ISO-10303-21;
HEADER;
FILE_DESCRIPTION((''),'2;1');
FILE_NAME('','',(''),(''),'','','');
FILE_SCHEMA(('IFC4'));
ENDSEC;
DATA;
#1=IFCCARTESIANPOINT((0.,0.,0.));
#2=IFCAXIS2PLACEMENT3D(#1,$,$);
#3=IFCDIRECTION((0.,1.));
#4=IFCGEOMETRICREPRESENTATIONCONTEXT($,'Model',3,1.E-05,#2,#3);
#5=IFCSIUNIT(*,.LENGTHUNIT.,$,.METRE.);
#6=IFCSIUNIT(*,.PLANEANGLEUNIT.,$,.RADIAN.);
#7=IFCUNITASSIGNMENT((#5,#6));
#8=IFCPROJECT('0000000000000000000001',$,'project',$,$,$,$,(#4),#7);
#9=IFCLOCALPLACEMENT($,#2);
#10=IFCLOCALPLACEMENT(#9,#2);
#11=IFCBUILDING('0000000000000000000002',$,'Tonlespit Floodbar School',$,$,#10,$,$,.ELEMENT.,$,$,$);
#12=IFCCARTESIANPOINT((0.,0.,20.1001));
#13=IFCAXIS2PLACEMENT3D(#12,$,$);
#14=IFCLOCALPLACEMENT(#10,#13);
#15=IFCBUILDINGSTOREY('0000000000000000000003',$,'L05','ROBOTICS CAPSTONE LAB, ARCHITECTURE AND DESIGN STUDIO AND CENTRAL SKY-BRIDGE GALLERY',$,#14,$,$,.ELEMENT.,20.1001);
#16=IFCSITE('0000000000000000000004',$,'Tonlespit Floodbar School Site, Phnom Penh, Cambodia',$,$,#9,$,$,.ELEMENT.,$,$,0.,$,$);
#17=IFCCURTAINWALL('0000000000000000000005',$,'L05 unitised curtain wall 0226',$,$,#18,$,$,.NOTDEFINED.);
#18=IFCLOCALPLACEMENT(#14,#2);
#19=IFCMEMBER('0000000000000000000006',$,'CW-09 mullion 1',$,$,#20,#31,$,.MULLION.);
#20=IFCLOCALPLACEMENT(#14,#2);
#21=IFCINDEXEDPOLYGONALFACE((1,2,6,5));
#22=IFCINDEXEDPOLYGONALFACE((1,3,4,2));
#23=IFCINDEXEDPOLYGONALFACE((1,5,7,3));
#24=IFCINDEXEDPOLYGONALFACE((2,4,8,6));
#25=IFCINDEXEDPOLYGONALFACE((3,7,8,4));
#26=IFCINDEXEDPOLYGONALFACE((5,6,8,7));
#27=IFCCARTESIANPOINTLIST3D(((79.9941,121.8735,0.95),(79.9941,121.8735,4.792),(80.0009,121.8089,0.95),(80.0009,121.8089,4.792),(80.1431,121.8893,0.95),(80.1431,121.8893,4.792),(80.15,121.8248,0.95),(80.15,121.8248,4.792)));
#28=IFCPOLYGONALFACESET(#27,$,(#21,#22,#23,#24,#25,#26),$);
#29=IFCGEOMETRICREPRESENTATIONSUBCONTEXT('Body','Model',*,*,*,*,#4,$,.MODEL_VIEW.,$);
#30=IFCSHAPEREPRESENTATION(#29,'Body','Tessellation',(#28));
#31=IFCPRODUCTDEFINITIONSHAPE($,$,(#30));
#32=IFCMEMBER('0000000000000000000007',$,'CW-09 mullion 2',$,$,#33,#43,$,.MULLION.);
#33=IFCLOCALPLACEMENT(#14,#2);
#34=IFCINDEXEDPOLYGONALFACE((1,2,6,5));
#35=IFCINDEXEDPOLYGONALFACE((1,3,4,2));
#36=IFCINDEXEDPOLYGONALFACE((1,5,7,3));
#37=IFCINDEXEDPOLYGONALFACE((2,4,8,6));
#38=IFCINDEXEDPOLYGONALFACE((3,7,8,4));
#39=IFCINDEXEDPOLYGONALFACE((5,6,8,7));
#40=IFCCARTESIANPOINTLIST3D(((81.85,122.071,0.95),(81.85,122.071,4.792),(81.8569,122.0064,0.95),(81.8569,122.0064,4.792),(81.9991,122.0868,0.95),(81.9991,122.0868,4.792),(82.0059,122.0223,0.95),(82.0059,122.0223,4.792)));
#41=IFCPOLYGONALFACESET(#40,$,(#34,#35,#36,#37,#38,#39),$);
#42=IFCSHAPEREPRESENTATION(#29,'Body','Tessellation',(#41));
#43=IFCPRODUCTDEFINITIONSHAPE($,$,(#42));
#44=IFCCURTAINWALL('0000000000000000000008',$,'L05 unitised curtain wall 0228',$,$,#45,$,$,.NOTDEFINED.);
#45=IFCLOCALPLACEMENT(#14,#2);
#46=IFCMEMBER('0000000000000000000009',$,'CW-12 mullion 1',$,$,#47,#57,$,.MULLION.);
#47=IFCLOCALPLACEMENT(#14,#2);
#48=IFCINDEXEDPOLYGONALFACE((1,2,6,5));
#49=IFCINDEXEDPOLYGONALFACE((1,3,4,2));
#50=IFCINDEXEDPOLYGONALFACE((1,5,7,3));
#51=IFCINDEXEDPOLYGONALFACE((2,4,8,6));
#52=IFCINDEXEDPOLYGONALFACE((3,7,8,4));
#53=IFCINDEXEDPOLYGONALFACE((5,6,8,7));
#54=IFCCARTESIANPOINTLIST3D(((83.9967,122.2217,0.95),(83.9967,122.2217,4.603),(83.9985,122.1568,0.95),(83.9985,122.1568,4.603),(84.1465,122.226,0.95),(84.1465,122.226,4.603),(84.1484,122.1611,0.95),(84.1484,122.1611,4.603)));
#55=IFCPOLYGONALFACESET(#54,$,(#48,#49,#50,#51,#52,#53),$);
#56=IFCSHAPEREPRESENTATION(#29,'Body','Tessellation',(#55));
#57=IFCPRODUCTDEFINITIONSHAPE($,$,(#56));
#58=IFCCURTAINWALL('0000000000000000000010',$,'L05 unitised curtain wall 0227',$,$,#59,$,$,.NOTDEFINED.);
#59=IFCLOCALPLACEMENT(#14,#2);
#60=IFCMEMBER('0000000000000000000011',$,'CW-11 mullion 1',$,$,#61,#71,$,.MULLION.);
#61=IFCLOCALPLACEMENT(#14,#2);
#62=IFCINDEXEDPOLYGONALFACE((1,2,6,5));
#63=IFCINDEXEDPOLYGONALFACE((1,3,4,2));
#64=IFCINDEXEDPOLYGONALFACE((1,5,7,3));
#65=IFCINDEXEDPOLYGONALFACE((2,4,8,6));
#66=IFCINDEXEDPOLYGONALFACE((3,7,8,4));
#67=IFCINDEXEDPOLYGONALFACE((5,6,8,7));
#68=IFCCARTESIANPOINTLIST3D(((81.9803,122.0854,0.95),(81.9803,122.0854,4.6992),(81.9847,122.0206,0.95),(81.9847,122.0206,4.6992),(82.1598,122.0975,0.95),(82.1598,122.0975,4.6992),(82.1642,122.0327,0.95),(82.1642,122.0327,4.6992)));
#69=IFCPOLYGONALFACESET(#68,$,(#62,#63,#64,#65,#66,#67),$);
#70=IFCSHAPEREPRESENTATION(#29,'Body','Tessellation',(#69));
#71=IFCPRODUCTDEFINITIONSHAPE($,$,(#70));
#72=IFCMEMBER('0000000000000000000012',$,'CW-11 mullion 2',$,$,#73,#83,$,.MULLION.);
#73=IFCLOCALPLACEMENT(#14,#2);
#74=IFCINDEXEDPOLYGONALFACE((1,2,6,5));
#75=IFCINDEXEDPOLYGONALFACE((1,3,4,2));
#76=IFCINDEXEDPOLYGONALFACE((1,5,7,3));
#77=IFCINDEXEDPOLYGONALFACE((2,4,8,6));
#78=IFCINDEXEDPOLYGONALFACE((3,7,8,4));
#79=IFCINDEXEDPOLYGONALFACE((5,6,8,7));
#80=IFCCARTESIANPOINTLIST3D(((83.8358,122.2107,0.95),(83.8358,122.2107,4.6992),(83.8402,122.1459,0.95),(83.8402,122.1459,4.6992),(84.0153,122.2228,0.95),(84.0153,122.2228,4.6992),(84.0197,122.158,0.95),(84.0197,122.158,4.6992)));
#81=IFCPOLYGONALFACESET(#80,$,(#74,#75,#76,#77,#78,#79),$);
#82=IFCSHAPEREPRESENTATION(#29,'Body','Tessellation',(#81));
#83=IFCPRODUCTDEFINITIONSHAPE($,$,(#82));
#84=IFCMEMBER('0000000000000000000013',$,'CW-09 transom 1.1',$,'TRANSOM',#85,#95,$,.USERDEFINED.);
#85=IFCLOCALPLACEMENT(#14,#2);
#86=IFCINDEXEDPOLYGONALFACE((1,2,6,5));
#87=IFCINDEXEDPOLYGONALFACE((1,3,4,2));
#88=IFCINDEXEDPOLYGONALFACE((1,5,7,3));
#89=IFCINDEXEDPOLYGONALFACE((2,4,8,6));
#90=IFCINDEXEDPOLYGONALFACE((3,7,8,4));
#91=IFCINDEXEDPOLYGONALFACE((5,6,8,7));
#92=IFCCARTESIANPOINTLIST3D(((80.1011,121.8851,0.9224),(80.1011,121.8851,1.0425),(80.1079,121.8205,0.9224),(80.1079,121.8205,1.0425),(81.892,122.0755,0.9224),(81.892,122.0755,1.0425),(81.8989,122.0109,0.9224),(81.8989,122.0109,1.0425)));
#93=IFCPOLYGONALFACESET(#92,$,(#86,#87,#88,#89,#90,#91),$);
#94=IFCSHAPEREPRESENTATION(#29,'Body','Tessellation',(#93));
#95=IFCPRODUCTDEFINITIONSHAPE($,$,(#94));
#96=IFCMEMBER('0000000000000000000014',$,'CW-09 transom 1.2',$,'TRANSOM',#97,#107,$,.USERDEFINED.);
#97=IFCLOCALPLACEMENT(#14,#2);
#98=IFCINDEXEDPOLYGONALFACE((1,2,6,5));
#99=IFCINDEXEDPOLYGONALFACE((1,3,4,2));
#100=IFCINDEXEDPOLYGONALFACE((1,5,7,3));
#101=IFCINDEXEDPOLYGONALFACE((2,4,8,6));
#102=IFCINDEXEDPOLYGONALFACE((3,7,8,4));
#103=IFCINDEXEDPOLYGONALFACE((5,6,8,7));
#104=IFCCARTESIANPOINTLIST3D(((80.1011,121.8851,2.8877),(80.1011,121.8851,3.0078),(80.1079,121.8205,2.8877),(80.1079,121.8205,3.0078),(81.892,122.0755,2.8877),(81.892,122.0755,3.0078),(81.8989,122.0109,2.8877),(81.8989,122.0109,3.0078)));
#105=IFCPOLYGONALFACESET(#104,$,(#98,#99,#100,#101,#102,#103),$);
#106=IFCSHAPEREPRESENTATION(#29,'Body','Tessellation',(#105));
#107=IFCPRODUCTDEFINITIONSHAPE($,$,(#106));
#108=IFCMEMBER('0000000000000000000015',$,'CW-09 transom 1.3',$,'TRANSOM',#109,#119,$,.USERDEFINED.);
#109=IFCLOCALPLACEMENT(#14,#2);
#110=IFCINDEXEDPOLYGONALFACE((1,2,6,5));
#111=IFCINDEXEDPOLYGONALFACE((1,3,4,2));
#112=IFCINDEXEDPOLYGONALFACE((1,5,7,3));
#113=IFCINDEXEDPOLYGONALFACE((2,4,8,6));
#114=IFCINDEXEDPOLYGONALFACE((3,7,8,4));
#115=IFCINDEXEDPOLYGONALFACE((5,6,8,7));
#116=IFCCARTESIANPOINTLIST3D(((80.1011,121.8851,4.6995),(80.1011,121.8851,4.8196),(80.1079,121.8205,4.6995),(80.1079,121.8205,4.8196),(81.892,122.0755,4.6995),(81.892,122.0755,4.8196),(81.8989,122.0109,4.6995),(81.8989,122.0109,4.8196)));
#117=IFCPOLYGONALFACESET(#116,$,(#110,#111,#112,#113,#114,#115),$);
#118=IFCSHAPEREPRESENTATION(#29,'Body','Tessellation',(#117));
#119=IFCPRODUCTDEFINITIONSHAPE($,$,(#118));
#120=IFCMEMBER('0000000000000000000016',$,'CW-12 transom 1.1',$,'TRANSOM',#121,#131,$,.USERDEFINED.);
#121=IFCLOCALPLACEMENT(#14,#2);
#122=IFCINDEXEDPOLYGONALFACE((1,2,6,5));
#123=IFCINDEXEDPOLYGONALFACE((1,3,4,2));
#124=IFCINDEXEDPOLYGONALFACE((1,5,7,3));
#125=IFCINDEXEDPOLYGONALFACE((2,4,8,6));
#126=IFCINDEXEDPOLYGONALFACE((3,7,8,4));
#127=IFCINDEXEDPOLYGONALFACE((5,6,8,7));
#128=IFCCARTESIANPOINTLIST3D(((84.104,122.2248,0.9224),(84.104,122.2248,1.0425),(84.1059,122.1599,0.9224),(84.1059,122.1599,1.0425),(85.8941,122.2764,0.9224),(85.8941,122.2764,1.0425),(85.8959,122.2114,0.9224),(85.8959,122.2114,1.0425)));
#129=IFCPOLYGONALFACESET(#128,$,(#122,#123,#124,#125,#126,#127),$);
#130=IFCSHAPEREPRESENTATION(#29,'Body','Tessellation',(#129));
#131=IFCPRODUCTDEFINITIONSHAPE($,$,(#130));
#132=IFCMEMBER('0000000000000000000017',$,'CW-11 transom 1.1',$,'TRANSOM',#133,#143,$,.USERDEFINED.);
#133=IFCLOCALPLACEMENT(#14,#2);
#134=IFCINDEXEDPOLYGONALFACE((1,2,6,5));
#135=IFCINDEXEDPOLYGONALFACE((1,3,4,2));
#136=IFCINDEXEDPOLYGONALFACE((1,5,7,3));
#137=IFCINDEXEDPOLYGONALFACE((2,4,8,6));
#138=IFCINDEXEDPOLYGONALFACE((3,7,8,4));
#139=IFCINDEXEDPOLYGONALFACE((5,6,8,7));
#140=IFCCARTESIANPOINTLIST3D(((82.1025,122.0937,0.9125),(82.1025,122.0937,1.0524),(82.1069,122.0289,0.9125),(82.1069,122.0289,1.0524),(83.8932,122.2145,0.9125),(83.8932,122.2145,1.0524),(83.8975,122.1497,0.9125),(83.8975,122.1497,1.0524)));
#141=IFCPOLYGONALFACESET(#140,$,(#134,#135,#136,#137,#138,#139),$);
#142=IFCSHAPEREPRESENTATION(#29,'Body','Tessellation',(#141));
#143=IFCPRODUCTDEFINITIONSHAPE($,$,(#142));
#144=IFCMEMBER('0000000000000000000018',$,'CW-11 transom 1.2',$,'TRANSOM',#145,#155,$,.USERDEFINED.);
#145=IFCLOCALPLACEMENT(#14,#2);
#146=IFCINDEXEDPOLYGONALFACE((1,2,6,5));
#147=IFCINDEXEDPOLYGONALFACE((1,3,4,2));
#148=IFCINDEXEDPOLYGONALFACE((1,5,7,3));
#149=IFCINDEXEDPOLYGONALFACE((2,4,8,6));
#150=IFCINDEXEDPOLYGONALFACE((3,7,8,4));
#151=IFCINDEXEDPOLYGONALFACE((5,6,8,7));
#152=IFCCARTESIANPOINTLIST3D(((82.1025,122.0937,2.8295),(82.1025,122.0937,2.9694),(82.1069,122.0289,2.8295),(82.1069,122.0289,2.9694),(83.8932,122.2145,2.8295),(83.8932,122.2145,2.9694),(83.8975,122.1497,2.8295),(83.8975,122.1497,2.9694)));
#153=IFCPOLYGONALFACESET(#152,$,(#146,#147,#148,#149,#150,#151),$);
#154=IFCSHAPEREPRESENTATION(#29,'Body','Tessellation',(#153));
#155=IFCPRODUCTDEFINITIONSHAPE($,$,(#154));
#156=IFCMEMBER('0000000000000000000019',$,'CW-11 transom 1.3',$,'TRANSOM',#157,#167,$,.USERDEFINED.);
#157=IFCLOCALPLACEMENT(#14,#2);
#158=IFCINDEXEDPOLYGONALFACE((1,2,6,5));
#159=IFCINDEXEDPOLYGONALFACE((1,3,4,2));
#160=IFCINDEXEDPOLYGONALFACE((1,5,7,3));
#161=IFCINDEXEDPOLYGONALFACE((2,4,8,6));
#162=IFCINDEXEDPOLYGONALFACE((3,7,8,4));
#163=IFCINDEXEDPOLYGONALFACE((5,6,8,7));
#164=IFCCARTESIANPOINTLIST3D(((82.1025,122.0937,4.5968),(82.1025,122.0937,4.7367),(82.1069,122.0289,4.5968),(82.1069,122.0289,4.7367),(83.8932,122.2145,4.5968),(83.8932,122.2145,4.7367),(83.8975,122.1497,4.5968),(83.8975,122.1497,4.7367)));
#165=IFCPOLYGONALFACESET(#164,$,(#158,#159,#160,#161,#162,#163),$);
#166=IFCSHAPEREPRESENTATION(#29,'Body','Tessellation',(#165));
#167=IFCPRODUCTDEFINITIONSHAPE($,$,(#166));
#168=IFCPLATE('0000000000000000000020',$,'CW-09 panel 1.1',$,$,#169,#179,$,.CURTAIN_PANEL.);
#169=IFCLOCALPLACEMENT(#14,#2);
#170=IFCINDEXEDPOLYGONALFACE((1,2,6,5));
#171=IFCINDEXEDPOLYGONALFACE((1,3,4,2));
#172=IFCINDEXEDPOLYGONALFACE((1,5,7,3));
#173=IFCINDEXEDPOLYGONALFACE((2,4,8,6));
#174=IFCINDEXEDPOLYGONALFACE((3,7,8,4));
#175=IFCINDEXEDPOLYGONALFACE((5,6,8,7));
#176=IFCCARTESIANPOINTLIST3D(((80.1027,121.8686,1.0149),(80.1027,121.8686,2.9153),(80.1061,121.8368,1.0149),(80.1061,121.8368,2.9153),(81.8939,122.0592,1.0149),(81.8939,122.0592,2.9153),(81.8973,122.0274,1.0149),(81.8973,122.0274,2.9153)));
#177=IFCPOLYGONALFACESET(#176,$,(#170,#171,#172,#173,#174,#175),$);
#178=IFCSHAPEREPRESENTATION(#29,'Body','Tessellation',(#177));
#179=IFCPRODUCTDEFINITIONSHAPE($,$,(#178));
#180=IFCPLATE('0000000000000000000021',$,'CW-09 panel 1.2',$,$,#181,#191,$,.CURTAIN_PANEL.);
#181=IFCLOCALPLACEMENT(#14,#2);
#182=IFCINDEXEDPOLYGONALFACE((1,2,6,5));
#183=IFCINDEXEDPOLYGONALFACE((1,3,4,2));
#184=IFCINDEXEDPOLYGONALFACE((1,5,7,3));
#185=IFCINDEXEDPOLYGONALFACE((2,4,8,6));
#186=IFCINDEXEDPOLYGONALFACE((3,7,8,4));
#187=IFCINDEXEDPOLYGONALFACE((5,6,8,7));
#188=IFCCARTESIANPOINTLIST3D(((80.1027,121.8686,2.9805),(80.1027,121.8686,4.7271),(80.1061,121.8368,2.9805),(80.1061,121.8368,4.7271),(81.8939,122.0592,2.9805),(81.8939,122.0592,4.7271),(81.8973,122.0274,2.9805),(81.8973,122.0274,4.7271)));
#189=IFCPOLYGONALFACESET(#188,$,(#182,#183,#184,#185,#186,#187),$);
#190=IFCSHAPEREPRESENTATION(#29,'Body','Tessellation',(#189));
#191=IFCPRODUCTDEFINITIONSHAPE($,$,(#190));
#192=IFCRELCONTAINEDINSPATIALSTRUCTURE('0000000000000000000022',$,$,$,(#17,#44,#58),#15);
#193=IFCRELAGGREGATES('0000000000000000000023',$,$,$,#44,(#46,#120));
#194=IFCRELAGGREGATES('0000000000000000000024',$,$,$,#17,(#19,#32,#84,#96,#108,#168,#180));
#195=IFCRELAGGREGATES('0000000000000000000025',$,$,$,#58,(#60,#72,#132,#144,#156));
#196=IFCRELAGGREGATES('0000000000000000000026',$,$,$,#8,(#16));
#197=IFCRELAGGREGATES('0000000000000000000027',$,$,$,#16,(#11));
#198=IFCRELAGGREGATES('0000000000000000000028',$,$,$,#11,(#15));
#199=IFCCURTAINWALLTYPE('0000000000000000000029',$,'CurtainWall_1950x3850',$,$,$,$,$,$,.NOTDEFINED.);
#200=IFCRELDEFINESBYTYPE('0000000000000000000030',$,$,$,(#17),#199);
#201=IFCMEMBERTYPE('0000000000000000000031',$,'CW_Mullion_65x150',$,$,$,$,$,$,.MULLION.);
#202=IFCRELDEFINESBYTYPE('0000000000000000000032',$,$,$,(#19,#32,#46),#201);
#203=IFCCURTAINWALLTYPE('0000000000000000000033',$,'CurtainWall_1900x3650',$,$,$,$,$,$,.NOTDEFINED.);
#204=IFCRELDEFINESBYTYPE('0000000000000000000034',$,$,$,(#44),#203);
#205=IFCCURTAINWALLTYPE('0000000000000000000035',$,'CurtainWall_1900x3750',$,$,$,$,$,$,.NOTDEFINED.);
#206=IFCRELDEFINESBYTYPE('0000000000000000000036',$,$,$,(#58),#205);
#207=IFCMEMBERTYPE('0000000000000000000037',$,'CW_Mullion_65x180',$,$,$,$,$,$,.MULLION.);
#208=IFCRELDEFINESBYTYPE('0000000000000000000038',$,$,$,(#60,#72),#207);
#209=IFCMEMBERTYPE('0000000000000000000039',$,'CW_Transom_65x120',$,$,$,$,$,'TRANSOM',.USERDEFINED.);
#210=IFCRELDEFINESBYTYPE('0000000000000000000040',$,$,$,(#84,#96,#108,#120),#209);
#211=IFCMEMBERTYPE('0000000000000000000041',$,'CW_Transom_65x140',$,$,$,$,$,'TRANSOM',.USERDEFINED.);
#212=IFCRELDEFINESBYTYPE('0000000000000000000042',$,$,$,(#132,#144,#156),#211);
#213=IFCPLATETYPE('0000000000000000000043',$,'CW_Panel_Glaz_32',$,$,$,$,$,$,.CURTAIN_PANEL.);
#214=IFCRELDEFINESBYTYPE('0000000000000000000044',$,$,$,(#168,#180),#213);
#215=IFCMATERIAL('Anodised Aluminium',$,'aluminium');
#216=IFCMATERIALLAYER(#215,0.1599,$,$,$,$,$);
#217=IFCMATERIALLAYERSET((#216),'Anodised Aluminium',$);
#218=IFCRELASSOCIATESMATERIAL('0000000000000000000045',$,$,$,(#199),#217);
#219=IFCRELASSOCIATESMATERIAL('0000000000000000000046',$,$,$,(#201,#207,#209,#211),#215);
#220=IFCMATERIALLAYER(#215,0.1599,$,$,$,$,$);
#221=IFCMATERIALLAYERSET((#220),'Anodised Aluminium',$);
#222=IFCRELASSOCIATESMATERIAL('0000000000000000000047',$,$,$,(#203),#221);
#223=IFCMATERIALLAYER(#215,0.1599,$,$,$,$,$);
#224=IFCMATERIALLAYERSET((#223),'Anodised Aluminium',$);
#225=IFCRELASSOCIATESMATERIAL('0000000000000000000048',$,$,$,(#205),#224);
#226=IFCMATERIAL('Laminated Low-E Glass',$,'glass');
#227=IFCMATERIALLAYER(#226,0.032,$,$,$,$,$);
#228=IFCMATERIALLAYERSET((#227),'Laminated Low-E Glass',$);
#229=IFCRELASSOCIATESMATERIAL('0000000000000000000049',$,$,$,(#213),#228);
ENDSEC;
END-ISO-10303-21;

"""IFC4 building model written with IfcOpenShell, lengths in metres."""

from ifc_helpers import new_model, si_unit, direction, frame, origin, origin_2d, place, context, subcontext, project, spatial, rectangle, extrude, material, layer, layer_set, material_profile, profile_set, type_object, element, aggregate, save


model = new_model("IFC4")

# Units and contexts
model_context = context("Model", 3, precision=1e-05, world=origin(), true_north=direction((0.0, 1.0)))
body_context = subcontext(model_context, "Body", "Model", "MODEL_VIEW")
ifc_project = project(units=[si_unit("LENGTHUNIT", "METRE"), si_unit("PLANEANGLEUNIT", "RADIAN")], contexts=[model_context])

# Site, building, storey
site_placement = place(None, origin())
site = spatial("IfcSite", under=ifc_project, at=site_placement, Name="Tonlespit Floodbar School Site, Phnom Penh, Cambodia", CompositionType="ELEMENT", RefElevation=0.0)
building_placement = place(site_placement, origin())
building = spatial("IfcBuilding", under=site, at=building_placement, Name="Tonlespit Floodbar School", CompositionType="ELEMENT")
storey_placement = place(building_placement, frame((0.0, 0.0, 20.1001)))
storey = spatial("IfcBuildingStorey", under=building, at=storey_placement, Name="L05", Description="ROBOTICS CAPSTONE LAB, ARCHITECTURE AND DESIGN STUDIO AND CENTRAL SKY-BRIDGE GALLERY", CompositionType="ELEMENT", Elevation=20.1001)

# Curtain wall, members
ifc_material_1 = material(Name="Anodised Aluminium", Category="aluminium")
ifc_layer_1 = layer(ifc_material_1, 0.1599)
ifc_layer_set_1 = layer_set([ifc_layer_1], Name="Anodised Aluminium")
curtain_wall_type_1 = type_object("IfcCurtainWallType", Name="CurtainWall_1950x3850", PredefinedType="NOTDEFINED", material=ifc_layer_set_1)
curtain_wall_1_placement = place(storey_placement, origin())
curtain_wall_1 = element("IfcCurtainWall", 1, at=curtain_wall_1_placement, inside=storey, type_object=curtain_wall_type_1, Name="L05 unitised curtain wall 0226", PredefinedType="NOTDEFINED")
ifc_material_profile_1 = material_profile(ifc_material_1, rectangle(XDim=0.0649, YDim=0.1499, at=origin_2d()), Name="ALU M65x150")
ifc_profile_set_1 = profile_set([ifc_material_profile_1], Name="Anodised Aluminium")
member_type_1 = type_object("IfcMemberType", Name="CW_Mullion_65x150", PredefinedType="MULLION", material=ifc_profile_set_1)
member_1_placement = place(storey_placement, frame((80.072, 121.8491, 0.95), z_axis=(0.0, 0.0, 1.0), x_axis=(-0.105787, 0.994389, 0.0)))
member_1 = element("IfcMember", 2, at=member_1_placement, type_object=member_type_1, Name="CW-09 mullion 1", PredefinedType="MULLION", context=body_context, shape_type="SweptSolid", body=[
    extrude(rectangle(XDim=0.0649, YDim=0.1499, at=origin_2d()), origin(), (0.0, 0.0, 1.0), 3.842),
])
member_2_placement = place(storey_placement, frame((81.928, 122.0466, 0.95), z_axis=(0.0, 0.0, 1.0), x_axis=(-0.105787, 0.994389, 0.0)))
member_2 = element("IfcMember", 3, at=member_2_placement, type_object=member_type_1, Name="CW-09 mullion 2", PredefinedType="MULLION", context=body_context, shape_type="SweptSolid", body=[
    extrude(rectangle(XDim=0.0649, YDim=0.1499, at=origin_2d()), origin(), (0.0, 0.0, 1.0), 3.842),
])

# Curtain wall, member
ifc_layer_2 = layer(ifc_material_1, 0.1599)
ifc_layer_set_2 = layer_set([ifc_layer_2], Name="Anodised Aluminium")
curtain_wall_type_2 = type_object("IfcCurtainWallType", Name="CurtainWall_1900x3650", PredefinedType="NOTDEFINED", material=ifc_layer_set_2)
curtain_wall_2_placement = place(storey_placement, origin())
curtain_wall_2 = element("IfcCurtainWall", 4, at=curtain_wall_2_placement, inside=storey, type_object=curtain_wall_type_2, Name="L05 unitised curtain wall 0228", PredefinedType="NOTDEFINED")
member_3_placement = place(storey_placement, frame((84.0725, 122.1914, 0.95), z_axis=(0.0, 0.0, 1.0), x_axis=(-0.02879, 0.999585, 0.0)))
member_3 = element("IfcMember", 5, at=member_3_placement, type_object=member_type_1, Name="CW-12 mullion 1", PredefinedType="MULLION", context=body_context, shape_type="SweptSolid", body=[
    extrude(rectangle(XDim=0.0649, YDim=0.1499, at=origin_2d()), origin(), (0.0, 0.0, 1.0), 3.6531),
])

# Curtain wall, members
ifc_layer_3 = layer(ifc_material_1, 0.1599)
ifc_layer_set_3 = layer_set([ifc_layer_3], Name="Anodised Aluminium")
curtain_wall_type_3 = type_object("IfcCurtainWallType", Name="CurtainWall_1900x3750", PredefinedType="NOTDEFINED", material=ifc_layer_set_3)
curtain_wall_3_placement = place(storey_placement, origin())
curtain_wall_3 = element("IfcCurtainWall", 6, at=curtain_wall_3_placement, inside=storey, type_object=curtain_wall_type_3, Name="L05 unitised curtain wall 0227", PredefinedType="NOTDEFINED")
ifc_material_profile_2 = material_profile(ifc_material_1, rectangle(XDim=0.0649, YDim=0.1799, at=origin_2d()), Name="ALU M65x180")
ifc_profile_set_2 = profile_set([ifc_material_profile_2], Name="Anodised Aluminium")
member_type_2 = type_object("IfcMemberType", Name="CW_Mullion_65x180", PredefinedType="MULLION", material=ifc_profile_set_2)
member_4_placement = place(storey_placement, frame((82.0723, 122.0591, 0.95), z_axis=(0.0, 0.0, 1.0), x_axis=(-0.06734, 0.99773, 0.0)))
member_4 = element("IfcMember", 7, at=member_4_placement, type_object=member_type_2, Name="CW-11 mullion 1", PredefinedType="MULLION", context=body_context, shape_type="SweptSolid", body=[
    extrude(rectangle(XDim=0.0649, YDim=0.1799, at=origin_2d()), origin(), (0.0, 0.0, 1.0), 3.7493),
])
member_5_placement = place(storey_placement, frame((83.9277, 122.1843, 0.95), z_axis=(0.0, 0.0, 1.0), x_axis=(-0.06734, 0.99773, 0.0)))
member_5 = element("IfcMember", 8, at=member_5_placement, type_object=member_type_2, Name="CW-11 mullion 2", PredefinedType="MULLION", context=body_context, shape_type="SweptSolid", body=[
    extrude(rectangle(XDim=0.0649, YDim=0.1799, at=origin_2d()), origin(), (0.0, 0.0, 1.0), 3.7493),
])

# Members
ifc_material_profile_3 = material_profile(ifc_material_1, rectangle(XDim=0.0649, YDim=0.1201, at=origin_2d()), Name="ALU T65x120")
ifc_profile_set_3 = profile_set([ifc_material_profile_3], Name="Anodised Aluminium")
member_type_3 = type_object("IfcMemberType", Name="CW_Transom_65x120", ElementType="TRANSOM", PredefinedType="USERDEFINED", material=ifc_profile_set_3)
member_6_placement = place(storey_placement, frame((80.1045, 121.8528, 0.9824), z_axis=(0.994395, 0.105729, 0.0), x_axis=(-0.105729, 0.994395, 0.0)))
member_6 = element("IfcMember", 9, at=member_6_placement, type_object=member_type_3, Name="CW-09 transom 1.1", ObjectType="TRANSOM", PredefinedType="USERDEFINED", context=body_context, shape_type="SweptSolid", body=[
    extrude(rectangle(XDim=0.0649, YDim=0.1201, at=origin_2d()), origin(), (0.0, 0.0, 1.0), 1.801),
])
member_7_placement = place(storey_placement, frame((80.1045, 121.8528, 2.9478), z_axis=(0.994395, 0.105729, 0.0), x_axis=(-0.105729, 0.994395, 0.0)))
member_7 = element("IfcMember", 10, at=member_7_placement, type_object=member_type_3, Name="CW-09 transom 1.2", ObjectType="TRANSOM", PredefinedType="USERDEFINED", context=body_context, shape_type="SweptSolid", body=[
    extrude(rectangle(XDim=0.0649, YDim=0.1201, at=origin_2d()), origin(), (0.0, 0.0, 1.0), 1.801),
])
member_8_placement = place(storey_placement, frame((80.1045, 121.8528, 4.7595), z_axis=(0.994395, 0.105729, 0.0), x_axis=(-0.105729, 0.994395, 0.0)))
member_8 = element("IfcMember", 11, at=member_8_placement, type_object=member_type_3, Name="CW-09 transom 1.3", ObjectType="TRANSOM", PredefinedType="USERDEFINED", context=body_context, shape_type="SweptSolid", body=[
    extrude(rectangle(XDim=0.0649, YDim=0.1201, at=origin_2d()), origin(), (0.0, 0.0, 1.0), 1.801),
])
member_9_placement = place(storey_placement, frame((84.105, 122.1924, 0.9824), z_axis=(0.999586, 0.028766, 0.0), x_axis=(-0.028766, 0.999586, 0.0)))
member_9 = element("IfcMember", 12, at=member_9_placement, type_object=member_type_3, Name="CW-12 transom 1.1", ObjectType="TRANSOM", PredefinedType="USERDEFINED", context=body_context, shape_type="SweptSolid", body=[
    extrude(rectangle(XDim=0.0649, YDim=0.1201, at=origin_2d()), origin(), (0.0, 0.0, 1.0), 1.7908),
])
aggregate(curtain_wall_2, [member_3, member_9])
ifc_material_profile_4 = material_profile(ifc_material_1, rectangle(XDim=0.0649, YDim=0.1399, at=origin_2d()), Name="ALU T65x140")
ifc_profile_set_4 = profile_set([ifc_material_profile_4], Name="Anodised Aluminium")
member_type_4 = type_object("IfcMemberType", Name="CW_Transom_65x140", ElementType="TRANSOM", PredefinedType="USERDEFINED", material=ifc_profile_set_4)
member_10_placement = place(storey_placement, frame((82.1047, 122.0613, 0.9824), z_axis=(0.99773, 0.067341, 0.0), x_axis=(-0.067341, 0.99773, 0.0)))
member_10 = element("IfcMember", 13, at=member_10_placement, type_object=member_type_4, Name="CW-11 transom 1.1", ObjectType="TRANSOM", PredefinedType="USERDEFINED", context=body_context, shape_type="SweptSolid", body=[
    extrude(rectangle(XDim=0.0649, YDim=0.1399, at=origin_2d()), origin(), (0.0, 0.0, 1.0), 1.7947),
])
member_11_placement = place(storey_placement, frame((82.1047, 122.0613, 2.8994), z_axis=(0.99773, 0.067341, 0.0), x_axis=(-0.067341, 0.99773, 0.0)))
member_11 = element("IfcMember", 14, at=member_11_placement, type_object=member_type_4, Name="CW-11 transom 1.2", ObjectType="TRANSOM", PredefinedType="USERDEFINED", context=body_context, shape_type="SweptSolid", body=[
    extrude(rectangle(XDim=0.0649, YDim=0.1399, at=origin_2d()), origin(), (0.0, 0.0, 1.0), 1.7947),
])
member_12_placement = place(storey_placement, frame((82.1047, 122.0613, 4.6667), z_axis=(0.99773, 0.067341, 0.0), x_axis=(-0.067341, 0.99773, 0.0)))
member_12 = element("IfcMember", 15, at=member_12_placement, type_object=member_type_4, Name="CW-11 transom 1.3", ObjectType="TRANSOM", PredefinedType="USERDEFINED", context=body_context, shape_type="SweptSolid", body=[
    extrude(rectangle(XDim=0.0649, YDim=0.1399, at=origin_2d()), origin(), (0.0, 0.0, 1.0), 1.7947),
])

# Plates
ifc_material_2 = material(Name="Laminated Low-E Glass", Category="glass")
ifc_layer_4 = layer(ifc_material_2, 0.032)
ifc_layer_set_4 = layer_set([ifc_layer_4], Name="Laminated Low-E Glass")
plate_type_1 = type_object("IfcPlateType", Name="CW_Panel_Glaz_32", PredefinedType="CURTAIN_PANEL", material=ifc_layer_set_4)
plate_1_placement = place(storey_placement, frame((81.0, 121.948, 1.0149), z_axis=(0.0, 0.0, 1.0), x_axis=(0.994389, 0.105787, 0.0)))
plate_1 = element("IfcPlate", 16, at=plate_1_placement, type_object=plate_type_1, Name="CW-09 panel 1.1", PredefinedType="CURTAIN_PANEL", context=body_context, shape_type="SweptSolid", body=[
    extrude(rectangle(XDim=1.8013, YDim=0.032, at=origin_2d()), origin(), (0.0, 0.0, 1.0), 1.9004),
])
plate_2_placement = place(storey_placement, frame((81.0, 121.948, 2.9805), z_axis=(0.0, 0.0, 1.0), x_axis=(0.994389, 0.105787, 0.0)))
plate_2 = element("IfcPlate", 17, at=plate_2_placement, type_object=plate_type_1, Name="CW-09 panel 1.2", PredefinedType="CURTAIN_PANEL", context=body_context, shape_type="SweptSolid", body=[
    extrude(rectangle(XDim=1.8013, YDim=0.032, at=origin_2d()), origin(), (0.0, 0.0, 1.0), 1.7466),
])
aggregate(curtain_wall_1, [member_1, member_2, member_6, member_7, member_8, plate_1, plate_2])
aggregate(curtain_wall_3, [member_4, member_5, member_10, member_11, member_12])

save(model, "model.ifc")
